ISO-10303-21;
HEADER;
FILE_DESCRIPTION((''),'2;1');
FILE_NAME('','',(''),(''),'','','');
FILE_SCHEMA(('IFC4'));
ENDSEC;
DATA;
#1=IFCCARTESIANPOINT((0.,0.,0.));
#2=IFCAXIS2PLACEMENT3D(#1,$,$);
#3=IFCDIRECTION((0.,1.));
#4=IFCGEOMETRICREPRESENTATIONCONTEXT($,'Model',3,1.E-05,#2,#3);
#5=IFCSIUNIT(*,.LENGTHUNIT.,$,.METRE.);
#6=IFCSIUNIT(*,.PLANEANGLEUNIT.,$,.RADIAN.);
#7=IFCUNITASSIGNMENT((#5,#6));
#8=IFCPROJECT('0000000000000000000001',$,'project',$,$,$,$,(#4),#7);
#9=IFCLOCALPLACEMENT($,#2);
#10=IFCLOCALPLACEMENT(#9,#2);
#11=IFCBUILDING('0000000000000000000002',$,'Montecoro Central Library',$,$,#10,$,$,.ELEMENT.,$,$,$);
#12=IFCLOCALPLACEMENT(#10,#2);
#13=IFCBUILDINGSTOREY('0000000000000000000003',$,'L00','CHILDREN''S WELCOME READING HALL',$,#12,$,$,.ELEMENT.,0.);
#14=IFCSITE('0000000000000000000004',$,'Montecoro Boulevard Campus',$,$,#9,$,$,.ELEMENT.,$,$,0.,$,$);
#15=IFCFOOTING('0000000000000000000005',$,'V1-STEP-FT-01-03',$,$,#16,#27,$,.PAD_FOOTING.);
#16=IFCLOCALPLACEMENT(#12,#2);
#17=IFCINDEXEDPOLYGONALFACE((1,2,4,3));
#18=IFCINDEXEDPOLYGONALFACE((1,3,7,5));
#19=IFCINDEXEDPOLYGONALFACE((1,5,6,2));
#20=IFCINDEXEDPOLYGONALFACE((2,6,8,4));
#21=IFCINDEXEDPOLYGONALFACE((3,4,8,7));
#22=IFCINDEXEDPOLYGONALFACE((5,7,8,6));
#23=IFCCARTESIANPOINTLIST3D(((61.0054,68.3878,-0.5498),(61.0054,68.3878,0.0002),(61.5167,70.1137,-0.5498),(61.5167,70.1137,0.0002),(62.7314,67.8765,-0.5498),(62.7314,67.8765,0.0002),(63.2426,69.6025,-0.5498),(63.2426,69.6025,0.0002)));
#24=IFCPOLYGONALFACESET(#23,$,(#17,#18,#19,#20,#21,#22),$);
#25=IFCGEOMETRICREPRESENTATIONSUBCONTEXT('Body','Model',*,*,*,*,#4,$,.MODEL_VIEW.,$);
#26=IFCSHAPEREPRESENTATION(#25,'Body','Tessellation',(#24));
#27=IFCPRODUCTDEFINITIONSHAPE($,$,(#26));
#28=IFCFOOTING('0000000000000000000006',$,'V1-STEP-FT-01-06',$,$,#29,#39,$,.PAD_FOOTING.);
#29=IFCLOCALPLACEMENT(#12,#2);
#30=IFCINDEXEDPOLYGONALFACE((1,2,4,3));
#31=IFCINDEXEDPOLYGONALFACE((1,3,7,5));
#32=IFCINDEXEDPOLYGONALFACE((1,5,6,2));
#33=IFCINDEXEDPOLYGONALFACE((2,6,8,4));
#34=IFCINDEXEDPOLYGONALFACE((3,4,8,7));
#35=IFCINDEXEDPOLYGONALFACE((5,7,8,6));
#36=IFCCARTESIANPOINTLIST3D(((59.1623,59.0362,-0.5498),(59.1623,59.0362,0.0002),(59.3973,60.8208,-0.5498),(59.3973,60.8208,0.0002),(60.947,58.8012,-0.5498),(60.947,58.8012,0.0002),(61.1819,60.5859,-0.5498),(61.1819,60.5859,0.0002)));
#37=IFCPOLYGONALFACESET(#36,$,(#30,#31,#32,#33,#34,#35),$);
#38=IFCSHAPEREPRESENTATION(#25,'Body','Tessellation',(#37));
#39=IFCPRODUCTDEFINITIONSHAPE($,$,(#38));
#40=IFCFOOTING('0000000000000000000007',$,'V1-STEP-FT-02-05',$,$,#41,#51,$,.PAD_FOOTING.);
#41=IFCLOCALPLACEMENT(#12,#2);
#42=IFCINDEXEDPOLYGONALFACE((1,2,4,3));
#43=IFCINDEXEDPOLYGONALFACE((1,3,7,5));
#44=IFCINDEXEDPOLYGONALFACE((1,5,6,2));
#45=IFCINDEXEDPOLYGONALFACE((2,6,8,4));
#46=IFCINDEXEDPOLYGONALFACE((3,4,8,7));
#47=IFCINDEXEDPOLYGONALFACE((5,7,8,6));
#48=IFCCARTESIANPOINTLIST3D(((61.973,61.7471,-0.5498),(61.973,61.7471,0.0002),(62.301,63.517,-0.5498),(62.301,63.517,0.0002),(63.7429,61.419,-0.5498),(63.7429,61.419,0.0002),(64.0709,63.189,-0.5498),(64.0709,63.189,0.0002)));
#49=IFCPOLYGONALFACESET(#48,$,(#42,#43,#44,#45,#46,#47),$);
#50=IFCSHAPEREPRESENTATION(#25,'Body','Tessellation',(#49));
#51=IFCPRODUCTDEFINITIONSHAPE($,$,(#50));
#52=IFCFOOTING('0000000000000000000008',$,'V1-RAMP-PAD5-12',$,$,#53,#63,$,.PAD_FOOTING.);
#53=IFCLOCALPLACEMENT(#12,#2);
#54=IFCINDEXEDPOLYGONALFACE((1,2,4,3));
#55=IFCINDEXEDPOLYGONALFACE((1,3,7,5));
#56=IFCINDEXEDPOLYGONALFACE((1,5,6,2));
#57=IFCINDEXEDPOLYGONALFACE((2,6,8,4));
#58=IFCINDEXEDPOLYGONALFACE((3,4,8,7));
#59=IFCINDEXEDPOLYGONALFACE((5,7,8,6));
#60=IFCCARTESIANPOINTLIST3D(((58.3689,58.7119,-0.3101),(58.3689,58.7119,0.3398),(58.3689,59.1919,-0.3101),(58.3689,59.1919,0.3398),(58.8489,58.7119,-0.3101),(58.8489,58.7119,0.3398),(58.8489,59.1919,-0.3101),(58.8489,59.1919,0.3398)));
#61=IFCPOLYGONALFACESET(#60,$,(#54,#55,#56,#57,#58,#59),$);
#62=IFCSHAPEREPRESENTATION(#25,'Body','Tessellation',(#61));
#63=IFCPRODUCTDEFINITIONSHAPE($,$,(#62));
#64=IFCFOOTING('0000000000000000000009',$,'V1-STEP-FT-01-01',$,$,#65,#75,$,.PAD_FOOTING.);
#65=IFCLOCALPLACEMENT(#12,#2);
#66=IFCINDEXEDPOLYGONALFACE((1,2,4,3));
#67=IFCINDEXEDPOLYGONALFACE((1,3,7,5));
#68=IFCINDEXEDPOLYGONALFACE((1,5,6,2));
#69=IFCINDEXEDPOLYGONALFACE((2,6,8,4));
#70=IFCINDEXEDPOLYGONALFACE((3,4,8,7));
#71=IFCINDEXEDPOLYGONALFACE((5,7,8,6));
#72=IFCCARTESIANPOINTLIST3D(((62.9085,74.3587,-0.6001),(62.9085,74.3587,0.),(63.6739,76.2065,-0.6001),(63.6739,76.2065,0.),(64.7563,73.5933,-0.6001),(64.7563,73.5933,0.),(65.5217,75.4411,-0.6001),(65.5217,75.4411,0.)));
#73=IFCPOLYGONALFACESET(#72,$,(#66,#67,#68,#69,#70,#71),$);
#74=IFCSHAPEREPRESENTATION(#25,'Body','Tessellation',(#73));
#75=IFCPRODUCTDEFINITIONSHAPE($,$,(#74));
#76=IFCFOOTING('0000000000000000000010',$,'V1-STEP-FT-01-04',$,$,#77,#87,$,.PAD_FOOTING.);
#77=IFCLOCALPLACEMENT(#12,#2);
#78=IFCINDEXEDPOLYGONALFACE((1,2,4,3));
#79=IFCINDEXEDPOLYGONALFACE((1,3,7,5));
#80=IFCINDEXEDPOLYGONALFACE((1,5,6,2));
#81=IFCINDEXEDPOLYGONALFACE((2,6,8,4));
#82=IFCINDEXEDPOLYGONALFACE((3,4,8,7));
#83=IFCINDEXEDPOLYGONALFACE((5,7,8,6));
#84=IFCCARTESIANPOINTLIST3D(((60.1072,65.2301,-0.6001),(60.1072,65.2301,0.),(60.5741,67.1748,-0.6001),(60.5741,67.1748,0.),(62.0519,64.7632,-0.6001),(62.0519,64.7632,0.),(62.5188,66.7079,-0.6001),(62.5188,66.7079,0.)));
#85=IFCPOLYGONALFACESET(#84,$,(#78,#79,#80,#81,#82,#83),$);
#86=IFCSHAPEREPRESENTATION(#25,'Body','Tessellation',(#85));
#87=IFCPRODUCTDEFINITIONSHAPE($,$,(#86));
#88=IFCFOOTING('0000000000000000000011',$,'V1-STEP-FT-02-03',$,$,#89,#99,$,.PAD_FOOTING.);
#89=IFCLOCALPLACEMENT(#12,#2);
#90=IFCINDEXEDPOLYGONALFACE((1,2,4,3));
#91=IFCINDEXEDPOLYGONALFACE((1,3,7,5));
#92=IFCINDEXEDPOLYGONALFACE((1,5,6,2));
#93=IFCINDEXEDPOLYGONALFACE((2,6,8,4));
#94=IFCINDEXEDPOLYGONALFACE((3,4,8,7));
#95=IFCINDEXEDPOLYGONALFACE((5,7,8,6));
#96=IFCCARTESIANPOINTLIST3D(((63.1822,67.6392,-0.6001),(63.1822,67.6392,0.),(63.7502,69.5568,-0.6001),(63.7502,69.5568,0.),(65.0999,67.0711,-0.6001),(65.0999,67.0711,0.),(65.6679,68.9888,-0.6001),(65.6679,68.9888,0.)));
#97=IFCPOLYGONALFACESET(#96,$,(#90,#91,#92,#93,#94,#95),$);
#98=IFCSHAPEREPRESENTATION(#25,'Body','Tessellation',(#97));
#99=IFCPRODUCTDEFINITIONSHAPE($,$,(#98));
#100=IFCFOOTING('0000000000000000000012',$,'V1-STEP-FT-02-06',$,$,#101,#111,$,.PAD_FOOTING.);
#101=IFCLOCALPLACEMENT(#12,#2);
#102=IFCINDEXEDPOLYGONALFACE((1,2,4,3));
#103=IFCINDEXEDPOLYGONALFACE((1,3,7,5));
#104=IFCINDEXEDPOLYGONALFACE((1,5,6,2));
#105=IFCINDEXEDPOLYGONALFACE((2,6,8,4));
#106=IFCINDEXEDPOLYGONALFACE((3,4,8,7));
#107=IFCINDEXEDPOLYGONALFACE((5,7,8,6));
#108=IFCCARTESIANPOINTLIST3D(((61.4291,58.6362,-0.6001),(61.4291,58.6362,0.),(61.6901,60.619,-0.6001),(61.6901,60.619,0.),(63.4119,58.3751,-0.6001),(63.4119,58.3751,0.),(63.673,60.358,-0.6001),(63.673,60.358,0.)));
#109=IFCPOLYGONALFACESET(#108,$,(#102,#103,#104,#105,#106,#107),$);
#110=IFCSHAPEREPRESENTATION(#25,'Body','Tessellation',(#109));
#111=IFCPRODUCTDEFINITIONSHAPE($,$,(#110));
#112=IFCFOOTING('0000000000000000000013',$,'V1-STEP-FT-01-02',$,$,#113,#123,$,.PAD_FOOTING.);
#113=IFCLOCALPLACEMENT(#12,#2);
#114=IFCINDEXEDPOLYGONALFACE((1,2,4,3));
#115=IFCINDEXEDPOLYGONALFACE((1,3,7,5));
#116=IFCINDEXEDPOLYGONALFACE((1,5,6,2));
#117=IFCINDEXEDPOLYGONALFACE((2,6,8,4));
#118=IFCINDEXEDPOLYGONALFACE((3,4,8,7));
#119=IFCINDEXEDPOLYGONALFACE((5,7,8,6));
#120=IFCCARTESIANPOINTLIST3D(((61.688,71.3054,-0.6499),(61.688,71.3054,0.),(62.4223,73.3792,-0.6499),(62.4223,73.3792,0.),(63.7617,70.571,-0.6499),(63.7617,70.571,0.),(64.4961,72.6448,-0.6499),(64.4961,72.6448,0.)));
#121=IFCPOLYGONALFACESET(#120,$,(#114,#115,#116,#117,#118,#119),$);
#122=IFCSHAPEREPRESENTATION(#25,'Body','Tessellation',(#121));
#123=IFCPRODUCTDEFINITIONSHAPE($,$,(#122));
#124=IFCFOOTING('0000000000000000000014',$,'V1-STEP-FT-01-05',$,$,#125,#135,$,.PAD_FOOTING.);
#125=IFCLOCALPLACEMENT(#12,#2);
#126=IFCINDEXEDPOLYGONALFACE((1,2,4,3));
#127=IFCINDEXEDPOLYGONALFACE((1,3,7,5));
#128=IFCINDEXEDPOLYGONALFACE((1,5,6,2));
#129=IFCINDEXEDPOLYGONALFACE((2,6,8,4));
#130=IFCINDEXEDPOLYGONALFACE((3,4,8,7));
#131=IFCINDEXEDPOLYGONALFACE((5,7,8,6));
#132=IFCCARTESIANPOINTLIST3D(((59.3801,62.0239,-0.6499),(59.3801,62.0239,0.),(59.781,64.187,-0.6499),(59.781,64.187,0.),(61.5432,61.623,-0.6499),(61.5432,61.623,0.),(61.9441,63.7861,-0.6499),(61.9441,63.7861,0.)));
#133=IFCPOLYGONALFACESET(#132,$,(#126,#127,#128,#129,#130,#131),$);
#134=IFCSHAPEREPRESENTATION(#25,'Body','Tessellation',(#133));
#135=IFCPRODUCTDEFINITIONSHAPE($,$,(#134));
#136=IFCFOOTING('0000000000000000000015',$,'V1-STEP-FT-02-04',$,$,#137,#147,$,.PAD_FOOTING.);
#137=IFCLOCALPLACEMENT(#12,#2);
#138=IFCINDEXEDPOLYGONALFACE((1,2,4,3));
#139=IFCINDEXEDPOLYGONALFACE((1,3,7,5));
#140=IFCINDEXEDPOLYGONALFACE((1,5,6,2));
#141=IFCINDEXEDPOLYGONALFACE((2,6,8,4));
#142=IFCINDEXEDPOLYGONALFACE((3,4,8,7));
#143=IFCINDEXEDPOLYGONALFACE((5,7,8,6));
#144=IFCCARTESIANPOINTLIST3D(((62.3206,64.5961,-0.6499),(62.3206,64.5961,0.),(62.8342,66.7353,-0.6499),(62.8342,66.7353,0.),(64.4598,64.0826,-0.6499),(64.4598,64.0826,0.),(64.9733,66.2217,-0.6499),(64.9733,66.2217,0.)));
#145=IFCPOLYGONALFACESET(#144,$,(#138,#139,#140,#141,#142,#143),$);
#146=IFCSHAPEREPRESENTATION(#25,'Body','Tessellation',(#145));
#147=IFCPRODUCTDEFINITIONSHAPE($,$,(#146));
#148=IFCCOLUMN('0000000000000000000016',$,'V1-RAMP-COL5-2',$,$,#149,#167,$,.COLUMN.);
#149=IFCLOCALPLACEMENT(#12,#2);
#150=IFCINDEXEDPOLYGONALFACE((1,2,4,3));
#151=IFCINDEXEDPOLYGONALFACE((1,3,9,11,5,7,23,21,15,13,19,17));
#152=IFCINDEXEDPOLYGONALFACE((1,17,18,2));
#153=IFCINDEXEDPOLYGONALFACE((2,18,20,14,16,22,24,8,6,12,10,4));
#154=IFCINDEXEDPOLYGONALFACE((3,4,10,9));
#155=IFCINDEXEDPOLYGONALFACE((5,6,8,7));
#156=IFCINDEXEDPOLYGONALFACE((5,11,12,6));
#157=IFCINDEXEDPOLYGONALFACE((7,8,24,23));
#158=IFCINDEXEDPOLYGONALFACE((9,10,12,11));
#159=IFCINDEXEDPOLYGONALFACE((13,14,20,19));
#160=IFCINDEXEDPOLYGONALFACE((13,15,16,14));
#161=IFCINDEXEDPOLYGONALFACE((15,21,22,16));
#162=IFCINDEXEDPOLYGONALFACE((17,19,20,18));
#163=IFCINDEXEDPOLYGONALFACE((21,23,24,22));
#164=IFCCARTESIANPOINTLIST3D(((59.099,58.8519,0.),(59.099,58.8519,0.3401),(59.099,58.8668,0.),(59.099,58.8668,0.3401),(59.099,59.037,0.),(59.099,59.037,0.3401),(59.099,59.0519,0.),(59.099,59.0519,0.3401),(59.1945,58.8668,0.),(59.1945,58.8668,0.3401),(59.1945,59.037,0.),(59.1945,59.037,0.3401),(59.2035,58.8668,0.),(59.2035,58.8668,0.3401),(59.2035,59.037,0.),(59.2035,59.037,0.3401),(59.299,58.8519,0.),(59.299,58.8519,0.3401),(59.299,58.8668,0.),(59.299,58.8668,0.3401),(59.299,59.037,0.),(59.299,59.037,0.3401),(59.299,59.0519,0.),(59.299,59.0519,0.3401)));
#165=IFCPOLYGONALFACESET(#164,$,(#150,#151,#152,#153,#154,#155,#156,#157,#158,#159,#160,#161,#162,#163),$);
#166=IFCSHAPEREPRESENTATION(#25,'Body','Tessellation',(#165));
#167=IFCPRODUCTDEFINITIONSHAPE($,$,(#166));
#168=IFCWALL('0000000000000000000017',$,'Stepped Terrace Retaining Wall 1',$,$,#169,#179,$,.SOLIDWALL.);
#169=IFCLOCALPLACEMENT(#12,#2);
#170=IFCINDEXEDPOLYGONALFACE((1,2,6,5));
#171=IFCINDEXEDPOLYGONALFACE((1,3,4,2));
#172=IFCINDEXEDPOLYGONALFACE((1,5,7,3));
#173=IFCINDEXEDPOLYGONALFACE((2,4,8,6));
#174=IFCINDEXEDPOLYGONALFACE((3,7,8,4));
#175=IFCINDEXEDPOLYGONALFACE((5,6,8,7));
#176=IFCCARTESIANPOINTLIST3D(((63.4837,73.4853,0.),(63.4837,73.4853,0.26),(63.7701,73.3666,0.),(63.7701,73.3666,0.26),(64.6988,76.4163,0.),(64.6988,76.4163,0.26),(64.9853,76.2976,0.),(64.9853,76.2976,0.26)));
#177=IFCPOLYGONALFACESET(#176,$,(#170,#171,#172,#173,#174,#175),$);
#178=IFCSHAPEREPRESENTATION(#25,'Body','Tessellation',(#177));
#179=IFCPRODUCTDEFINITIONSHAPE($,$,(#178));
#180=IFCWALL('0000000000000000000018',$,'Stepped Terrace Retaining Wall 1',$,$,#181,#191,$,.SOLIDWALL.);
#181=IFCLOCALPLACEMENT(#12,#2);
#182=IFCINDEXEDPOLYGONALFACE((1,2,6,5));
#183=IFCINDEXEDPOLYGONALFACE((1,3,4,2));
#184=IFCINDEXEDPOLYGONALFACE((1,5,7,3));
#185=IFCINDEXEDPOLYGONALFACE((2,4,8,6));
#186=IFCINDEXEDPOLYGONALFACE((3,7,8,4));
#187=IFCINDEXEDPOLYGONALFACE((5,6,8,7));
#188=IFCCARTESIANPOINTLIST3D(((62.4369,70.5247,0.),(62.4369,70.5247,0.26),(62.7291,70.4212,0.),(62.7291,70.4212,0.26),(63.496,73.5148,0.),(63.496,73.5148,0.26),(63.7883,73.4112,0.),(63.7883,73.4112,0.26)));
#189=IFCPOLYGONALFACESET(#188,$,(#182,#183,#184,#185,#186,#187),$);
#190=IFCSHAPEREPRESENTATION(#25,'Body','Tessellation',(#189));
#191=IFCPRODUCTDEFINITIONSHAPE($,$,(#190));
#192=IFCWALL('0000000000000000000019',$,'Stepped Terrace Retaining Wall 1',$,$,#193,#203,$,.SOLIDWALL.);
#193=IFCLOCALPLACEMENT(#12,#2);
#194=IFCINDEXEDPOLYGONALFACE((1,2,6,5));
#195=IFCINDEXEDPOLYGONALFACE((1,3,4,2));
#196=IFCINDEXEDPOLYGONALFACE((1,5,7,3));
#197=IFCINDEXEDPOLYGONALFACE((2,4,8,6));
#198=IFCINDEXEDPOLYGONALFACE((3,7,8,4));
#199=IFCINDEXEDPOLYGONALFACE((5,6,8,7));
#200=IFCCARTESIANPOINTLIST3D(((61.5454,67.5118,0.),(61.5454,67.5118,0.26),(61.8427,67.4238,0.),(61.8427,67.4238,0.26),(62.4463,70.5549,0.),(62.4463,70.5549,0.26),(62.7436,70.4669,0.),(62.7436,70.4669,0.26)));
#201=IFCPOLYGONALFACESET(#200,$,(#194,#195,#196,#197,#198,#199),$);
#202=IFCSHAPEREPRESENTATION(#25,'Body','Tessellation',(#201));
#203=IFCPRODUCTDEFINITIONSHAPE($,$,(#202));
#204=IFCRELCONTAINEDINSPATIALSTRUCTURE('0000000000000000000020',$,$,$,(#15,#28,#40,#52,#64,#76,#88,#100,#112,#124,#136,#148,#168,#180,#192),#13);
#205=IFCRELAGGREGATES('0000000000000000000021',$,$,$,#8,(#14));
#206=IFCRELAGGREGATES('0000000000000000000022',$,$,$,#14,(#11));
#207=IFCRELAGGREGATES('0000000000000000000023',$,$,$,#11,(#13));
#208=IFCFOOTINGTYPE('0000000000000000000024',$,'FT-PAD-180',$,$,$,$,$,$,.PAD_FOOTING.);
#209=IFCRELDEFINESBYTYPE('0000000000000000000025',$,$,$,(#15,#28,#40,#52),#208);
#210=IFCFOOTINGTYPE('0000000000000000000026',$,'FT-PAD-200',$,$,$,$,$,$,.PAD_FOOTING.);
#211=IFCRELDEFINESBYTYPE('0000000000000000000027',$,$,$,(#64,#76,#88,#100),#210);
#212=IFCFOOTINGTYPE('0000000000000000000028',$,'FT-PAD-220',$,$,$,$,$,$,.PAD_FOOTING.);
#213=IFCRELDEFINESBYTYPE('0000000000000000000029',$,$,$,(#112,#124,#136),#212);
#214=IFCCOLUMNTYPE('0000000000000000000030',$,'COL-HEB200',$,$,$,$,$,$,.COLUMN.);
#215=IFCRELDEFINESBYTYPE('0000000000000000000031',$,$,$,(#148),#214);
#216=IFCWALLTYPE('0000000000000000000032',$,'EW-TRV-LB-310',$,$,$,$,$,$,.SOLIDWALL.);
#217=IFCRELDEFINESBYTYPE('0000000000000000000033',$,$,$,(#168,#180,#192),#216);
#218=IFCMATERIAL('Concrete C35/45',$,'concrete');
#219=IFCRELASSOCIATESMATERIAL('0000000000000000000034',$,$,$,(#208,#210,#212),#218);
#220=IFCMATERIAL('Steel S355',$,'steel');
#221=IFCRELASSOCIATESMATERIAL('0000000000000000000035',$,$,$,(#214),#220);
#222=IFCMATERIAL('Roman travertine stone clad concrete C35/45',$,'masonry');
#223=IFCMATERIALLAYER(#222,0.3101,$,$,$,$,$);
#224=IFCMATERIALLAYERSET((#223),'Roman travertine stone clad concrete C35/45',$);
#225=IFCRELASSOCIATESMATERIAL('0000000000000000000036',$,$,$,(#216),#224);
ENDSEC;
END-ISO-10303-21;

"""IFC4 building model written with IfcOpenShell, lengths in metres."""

from ifc_helpers import new_model, si_unit, direction, frame, frame_2d, origin, origin_2d, place, context, subcontext, project, spatial, rectangle, i_section, extrude, material, layer, layer_set, material_profile, profile_set, type_object, element, save


model = new_model("IFC4")

# Units and contexts
model_context = context("Model", 3, precision=1e-05, world=origin(), true_north=direction((0.0, 1.0)))
body_context = subcontext(model_context, "Body", "Model", "MODEL_VIEW")
ifc_project = project(units=[si_unit("LENGTHUNIT", "METRE"), si_unit("PLANEANGLEUNIT", "RADIAN")], contexts=[model_context])

# Site, building, storey
site_placement = place(None, origin())
site = spatial("IfcSite", under=ifc_project, at=site_placement, Name="Montecoro Boulevard Campus", CompositionType="ELEMENT", RefElevation=0.0)
building_placement = place(site_placement, origin())
building = spatial("IfcBuilding", under=site, at=building_placement, Name="Montecoro Central Library", CompositionType="ELEMENT")
storey_placement = place(building_placement, origin())
storey = spatial("IfcBuildingStorey", under=building, at=storey_placement, Name="L00", Description="CHILDREN'S WELCOME READING HALL", CompositionType="ELEMENT", Elevation=0.0)

# Footings
ifc_material_1 = material(Name="Concrete C35/45", Category="concrete")
footing_type_1 = type_object("IfcFootingType", Name="FT-PAD-180", PredefinedType="PAD_FOOTING", material=ifc_material_1)
for number, where, z_axis, x_axis, name in (
    (1, (62.124, 68.9951, -0.5498), (0.0, 0.0, 1.0), (-0.284015, -0.95882, 0.0), "V1-STEP-FT-01-03"),
    (2, (60.1721, 59.811, -0.5498), (0.0, 0.0, 1.0), (-0.130526, -0.991445, 0.0), "V1-STEP-FT-01-06"),
    (3, (63.022, 62.468, -0.5498), (0.0, 0.0, 1.0), (-0.182236, -0.983255, 0.0), "V1-STEP-FT-02-05"),
):
    element("IfcFooting", number, at=place(storey_placement, frame(where, z_axis=z_axis, x_axis=x_axis)), inside=storey, type_object=footing_type_1, Name=name, PredefinedType="PAD_FOOTING", context=body_context, shape_type="SweptSolid", body=[
        extrude(rectangle(XDim=1.8, YDim=1.8, at=origin_2d()), origin(), (0.0, 0.0, 1.0), 0.55),
    ])
footing_placement = place(storey_placement, frame((58.6089, 58.9519, -0.3101), z_axis=(0.0, 0.0, 1.0), x_axis=(1.0, 0.0, 0.0)))
element("IfcFooting", 4, at=footing_placement, inside=storey, type_object=footing_type_1, Name="V1-RAMP-PAD5-12", PredefinedType="PAD_FOOTING", context=body_context, shape_type="SweptSolid", body=[
    extrude(rectangle(XDim=0.48, YDim=0.48, at=origin_2d()), origin(), (0.0, 0.0, 1.0), 0.6499),
])
footing_type_2 = type_object("IfcFootingType", Name="FT-PAD-200", PredefinedType="PAD_FOOTING", material=ifc_material_1)
for number, where, z_axis, x_axis, name in (
    (5, (64.2151, 74.8999, -0.6001), (0.0, 0.0, 1.0), (-0.382683, -0.92388, 0.0), "V1-STEP-FT-01-01"),
    (6, (61.313, 65.969, -0.6001), (0.0, 0.0, 1.0), (-0.233445, -0.97237, 0.0), "V1-STEP-FT-01-04"),
    (7, (64.425, 68.314, -0.6001), (0.0, 0.0, 1.0), (-0.284015, -0.95882, 0.0), "V1-STEP-FT-02-03"),
    (8, (62.551, 59.4971, -0.6001), (0.0, 0.0, 1.0), (-0.130526, -0.991445, 0.0), "V1-STEP-FT-02-06"),
):
    element("IfcFooting", number, at=place(storey_placement, frame(where, z_axis=z_axis, x_axis=x_axis)), inside=storey, type_object=footing_type_2, Name=name, PredefinedType="PAD_FOOTING", context=body_context, shape_type="SweptSolid", body=[
        extrude(rectangle(XDim=2.0, YDim=2.0, at=origin_2d()), origin(), (0.0, 0.0, 1.0), 0.6001),
    ])
footing_type_3 = type_object("IfcFootingType", Name="FT-PAD-220", PredefinedType="PAD_FOOTING", material=ifc_material_1)
for number, where, z_axis, x_axis, name in (
    (9, (63.092, 71.9751, -0.6499), (0.0, 0.0, 1.0), (-0.333807, -0.942641, 0.0), "V1-STEP-FT-01-02"),
    (10, (60.6621, 62.905, -0.6499), (0.0, 0.0, 1.0), (-0.182236, -0.983255, 0.0), "V1-STEP-FT-01-05"),
    (11, (63.647, 65.4089, -0.6499), (0.0, 0.0, 1.0), (-0.233445, -0.97237, 0.0), "V1-STEP-FT-02-04"),
):
    element("IfcFooting", number, at=place(storey_placement, frame(where, z_axis=z_axis, x_axis=x_axis)), inside=storey, type_object=footing_type_3, Name=name, PredefinedType="PAD_FOOTING", context=body_context, shape_type="SweptSolid", body=[
        extrude(rectangle(XDim=2.2, YDim=2.2, at=origin_2d()), origin(), (0.0, 0.0, 1.0), 0.6499),
    ])

# Column
ifc_material_2 = material(Name="Steel S355", Category="steel")
ifc_material_profile = material_profile(ifc_material_2, i_section(OverallWidth=0.2, OverallDepth=0.2, WebThickness=0.009, FlangeThickness=0.0149, at=origin_2d()), Name="HEB 200")
ifc_profile_set = profile_set([ifc_material_profile], Name="Steel S355")
column_type = type_object("IfcColumnType", Name="COL-HEB200", PredefinedType="COLUMN", material=ifc_profile_set)
column_placement = place(storey_placement, frame((59.199, 58.9519, 0.0), z_axis=(0.0, 0.0, 1.0), x_axis=(1.0, 0.0, 0.0)))
element("IfcColumn", 12, at=column_placement, inside=storey, type_object=column_type, Name="V1-RAMP-COL5-2", PredefinedType="COLUMN", context=body_context, shape_type="SweptSolid", body=[
    extrude(i_section(OverallWidth=0.2, OverallDepth=0.2, WebThickness=0.009, FlangeThickness=0.0149, at=origin_2d()), origin(), (0.0, 0.0, 1.0), 0.3401),
])

# Walls
ifc_material_3 = material(Name="Roman travertine stone clad concrete C35/45", Category="masonry")
ifc_layer = layer(ifc_material_3, 0.3101)
ifc_layer_set = layer_set([ifc_layer], Name="Roman travertine stone clad concrete C35/45")
wall_type = type_object("IfcWallType", Name="EW-TRV-LB-310", PredefinedType="SOLIDWALL", material=ifc_layer_set)
wall_1_placement = place(storey_placement, frame((64.842, 76.3569, 0.0), z_axis=(0.0, 0.0, 1.0), x_axis=(-0.38297, -0.923761, 0.0)))
element("IfcWall", 13, at=wall_1_placement, inside=storey, type_object=wall_type, Name="Stepped Terrace Retaining Wall 1", PredefinedType="SOLIDWALL", context=body_context, shape_type="SweptSolid", body=[
    extrude(rectangle(XDim=3.1729, YDim=0.3101, at=frame_2d((1.5864, 0.0))), origin(), (0.0, 0.0, 1.0), 0.26),
])
wall_2_placement = place(storey_placement, frame((63.6421, 73.4629, 0.0), z_axis=(0.0, 0.0, 1.0), x_axis=(-0.333883, -0.942615, 0.0)))
element("IfcWall", 14, at=wall_2_placement, inside=storey, type_object=wall_type, Name="Stepped Terrace Retaining Wall 1", PredefinedType="SOLIDWALL", context=body_context, shape_type="SweptSolid", body=[
    extrude(rectangle(XDim=3.1721, YDim=0.3101, at=frame_2d((1.5859, 0.0))), origin(), (0.0, 0.0, 1.0), 0.26),
])
wall_3_placement = place(storey_placement, frame((62.595, 70.511, 0.0), z_axis=(0.0, 0.0, 1.0), x_axis=(-0.283874, -0.958862, 0.0)))
element("IfcWall", 15, at=wall_3_placement, inside=storey, type_object=wall_type, Name="Stepped Terrace Retaining Wall 1", PredefinedType="SOLIDWALL", context=body_context, shape_type="SweptSolid", body=[
    extrude(rectangle(XDim=3.1736, YDim=0.3101, at=frame_2d((1.5869, 0.0))), origin(), (0.0, 0.0, 1.0), 0.26),
])

save(model, "model.ifc")
